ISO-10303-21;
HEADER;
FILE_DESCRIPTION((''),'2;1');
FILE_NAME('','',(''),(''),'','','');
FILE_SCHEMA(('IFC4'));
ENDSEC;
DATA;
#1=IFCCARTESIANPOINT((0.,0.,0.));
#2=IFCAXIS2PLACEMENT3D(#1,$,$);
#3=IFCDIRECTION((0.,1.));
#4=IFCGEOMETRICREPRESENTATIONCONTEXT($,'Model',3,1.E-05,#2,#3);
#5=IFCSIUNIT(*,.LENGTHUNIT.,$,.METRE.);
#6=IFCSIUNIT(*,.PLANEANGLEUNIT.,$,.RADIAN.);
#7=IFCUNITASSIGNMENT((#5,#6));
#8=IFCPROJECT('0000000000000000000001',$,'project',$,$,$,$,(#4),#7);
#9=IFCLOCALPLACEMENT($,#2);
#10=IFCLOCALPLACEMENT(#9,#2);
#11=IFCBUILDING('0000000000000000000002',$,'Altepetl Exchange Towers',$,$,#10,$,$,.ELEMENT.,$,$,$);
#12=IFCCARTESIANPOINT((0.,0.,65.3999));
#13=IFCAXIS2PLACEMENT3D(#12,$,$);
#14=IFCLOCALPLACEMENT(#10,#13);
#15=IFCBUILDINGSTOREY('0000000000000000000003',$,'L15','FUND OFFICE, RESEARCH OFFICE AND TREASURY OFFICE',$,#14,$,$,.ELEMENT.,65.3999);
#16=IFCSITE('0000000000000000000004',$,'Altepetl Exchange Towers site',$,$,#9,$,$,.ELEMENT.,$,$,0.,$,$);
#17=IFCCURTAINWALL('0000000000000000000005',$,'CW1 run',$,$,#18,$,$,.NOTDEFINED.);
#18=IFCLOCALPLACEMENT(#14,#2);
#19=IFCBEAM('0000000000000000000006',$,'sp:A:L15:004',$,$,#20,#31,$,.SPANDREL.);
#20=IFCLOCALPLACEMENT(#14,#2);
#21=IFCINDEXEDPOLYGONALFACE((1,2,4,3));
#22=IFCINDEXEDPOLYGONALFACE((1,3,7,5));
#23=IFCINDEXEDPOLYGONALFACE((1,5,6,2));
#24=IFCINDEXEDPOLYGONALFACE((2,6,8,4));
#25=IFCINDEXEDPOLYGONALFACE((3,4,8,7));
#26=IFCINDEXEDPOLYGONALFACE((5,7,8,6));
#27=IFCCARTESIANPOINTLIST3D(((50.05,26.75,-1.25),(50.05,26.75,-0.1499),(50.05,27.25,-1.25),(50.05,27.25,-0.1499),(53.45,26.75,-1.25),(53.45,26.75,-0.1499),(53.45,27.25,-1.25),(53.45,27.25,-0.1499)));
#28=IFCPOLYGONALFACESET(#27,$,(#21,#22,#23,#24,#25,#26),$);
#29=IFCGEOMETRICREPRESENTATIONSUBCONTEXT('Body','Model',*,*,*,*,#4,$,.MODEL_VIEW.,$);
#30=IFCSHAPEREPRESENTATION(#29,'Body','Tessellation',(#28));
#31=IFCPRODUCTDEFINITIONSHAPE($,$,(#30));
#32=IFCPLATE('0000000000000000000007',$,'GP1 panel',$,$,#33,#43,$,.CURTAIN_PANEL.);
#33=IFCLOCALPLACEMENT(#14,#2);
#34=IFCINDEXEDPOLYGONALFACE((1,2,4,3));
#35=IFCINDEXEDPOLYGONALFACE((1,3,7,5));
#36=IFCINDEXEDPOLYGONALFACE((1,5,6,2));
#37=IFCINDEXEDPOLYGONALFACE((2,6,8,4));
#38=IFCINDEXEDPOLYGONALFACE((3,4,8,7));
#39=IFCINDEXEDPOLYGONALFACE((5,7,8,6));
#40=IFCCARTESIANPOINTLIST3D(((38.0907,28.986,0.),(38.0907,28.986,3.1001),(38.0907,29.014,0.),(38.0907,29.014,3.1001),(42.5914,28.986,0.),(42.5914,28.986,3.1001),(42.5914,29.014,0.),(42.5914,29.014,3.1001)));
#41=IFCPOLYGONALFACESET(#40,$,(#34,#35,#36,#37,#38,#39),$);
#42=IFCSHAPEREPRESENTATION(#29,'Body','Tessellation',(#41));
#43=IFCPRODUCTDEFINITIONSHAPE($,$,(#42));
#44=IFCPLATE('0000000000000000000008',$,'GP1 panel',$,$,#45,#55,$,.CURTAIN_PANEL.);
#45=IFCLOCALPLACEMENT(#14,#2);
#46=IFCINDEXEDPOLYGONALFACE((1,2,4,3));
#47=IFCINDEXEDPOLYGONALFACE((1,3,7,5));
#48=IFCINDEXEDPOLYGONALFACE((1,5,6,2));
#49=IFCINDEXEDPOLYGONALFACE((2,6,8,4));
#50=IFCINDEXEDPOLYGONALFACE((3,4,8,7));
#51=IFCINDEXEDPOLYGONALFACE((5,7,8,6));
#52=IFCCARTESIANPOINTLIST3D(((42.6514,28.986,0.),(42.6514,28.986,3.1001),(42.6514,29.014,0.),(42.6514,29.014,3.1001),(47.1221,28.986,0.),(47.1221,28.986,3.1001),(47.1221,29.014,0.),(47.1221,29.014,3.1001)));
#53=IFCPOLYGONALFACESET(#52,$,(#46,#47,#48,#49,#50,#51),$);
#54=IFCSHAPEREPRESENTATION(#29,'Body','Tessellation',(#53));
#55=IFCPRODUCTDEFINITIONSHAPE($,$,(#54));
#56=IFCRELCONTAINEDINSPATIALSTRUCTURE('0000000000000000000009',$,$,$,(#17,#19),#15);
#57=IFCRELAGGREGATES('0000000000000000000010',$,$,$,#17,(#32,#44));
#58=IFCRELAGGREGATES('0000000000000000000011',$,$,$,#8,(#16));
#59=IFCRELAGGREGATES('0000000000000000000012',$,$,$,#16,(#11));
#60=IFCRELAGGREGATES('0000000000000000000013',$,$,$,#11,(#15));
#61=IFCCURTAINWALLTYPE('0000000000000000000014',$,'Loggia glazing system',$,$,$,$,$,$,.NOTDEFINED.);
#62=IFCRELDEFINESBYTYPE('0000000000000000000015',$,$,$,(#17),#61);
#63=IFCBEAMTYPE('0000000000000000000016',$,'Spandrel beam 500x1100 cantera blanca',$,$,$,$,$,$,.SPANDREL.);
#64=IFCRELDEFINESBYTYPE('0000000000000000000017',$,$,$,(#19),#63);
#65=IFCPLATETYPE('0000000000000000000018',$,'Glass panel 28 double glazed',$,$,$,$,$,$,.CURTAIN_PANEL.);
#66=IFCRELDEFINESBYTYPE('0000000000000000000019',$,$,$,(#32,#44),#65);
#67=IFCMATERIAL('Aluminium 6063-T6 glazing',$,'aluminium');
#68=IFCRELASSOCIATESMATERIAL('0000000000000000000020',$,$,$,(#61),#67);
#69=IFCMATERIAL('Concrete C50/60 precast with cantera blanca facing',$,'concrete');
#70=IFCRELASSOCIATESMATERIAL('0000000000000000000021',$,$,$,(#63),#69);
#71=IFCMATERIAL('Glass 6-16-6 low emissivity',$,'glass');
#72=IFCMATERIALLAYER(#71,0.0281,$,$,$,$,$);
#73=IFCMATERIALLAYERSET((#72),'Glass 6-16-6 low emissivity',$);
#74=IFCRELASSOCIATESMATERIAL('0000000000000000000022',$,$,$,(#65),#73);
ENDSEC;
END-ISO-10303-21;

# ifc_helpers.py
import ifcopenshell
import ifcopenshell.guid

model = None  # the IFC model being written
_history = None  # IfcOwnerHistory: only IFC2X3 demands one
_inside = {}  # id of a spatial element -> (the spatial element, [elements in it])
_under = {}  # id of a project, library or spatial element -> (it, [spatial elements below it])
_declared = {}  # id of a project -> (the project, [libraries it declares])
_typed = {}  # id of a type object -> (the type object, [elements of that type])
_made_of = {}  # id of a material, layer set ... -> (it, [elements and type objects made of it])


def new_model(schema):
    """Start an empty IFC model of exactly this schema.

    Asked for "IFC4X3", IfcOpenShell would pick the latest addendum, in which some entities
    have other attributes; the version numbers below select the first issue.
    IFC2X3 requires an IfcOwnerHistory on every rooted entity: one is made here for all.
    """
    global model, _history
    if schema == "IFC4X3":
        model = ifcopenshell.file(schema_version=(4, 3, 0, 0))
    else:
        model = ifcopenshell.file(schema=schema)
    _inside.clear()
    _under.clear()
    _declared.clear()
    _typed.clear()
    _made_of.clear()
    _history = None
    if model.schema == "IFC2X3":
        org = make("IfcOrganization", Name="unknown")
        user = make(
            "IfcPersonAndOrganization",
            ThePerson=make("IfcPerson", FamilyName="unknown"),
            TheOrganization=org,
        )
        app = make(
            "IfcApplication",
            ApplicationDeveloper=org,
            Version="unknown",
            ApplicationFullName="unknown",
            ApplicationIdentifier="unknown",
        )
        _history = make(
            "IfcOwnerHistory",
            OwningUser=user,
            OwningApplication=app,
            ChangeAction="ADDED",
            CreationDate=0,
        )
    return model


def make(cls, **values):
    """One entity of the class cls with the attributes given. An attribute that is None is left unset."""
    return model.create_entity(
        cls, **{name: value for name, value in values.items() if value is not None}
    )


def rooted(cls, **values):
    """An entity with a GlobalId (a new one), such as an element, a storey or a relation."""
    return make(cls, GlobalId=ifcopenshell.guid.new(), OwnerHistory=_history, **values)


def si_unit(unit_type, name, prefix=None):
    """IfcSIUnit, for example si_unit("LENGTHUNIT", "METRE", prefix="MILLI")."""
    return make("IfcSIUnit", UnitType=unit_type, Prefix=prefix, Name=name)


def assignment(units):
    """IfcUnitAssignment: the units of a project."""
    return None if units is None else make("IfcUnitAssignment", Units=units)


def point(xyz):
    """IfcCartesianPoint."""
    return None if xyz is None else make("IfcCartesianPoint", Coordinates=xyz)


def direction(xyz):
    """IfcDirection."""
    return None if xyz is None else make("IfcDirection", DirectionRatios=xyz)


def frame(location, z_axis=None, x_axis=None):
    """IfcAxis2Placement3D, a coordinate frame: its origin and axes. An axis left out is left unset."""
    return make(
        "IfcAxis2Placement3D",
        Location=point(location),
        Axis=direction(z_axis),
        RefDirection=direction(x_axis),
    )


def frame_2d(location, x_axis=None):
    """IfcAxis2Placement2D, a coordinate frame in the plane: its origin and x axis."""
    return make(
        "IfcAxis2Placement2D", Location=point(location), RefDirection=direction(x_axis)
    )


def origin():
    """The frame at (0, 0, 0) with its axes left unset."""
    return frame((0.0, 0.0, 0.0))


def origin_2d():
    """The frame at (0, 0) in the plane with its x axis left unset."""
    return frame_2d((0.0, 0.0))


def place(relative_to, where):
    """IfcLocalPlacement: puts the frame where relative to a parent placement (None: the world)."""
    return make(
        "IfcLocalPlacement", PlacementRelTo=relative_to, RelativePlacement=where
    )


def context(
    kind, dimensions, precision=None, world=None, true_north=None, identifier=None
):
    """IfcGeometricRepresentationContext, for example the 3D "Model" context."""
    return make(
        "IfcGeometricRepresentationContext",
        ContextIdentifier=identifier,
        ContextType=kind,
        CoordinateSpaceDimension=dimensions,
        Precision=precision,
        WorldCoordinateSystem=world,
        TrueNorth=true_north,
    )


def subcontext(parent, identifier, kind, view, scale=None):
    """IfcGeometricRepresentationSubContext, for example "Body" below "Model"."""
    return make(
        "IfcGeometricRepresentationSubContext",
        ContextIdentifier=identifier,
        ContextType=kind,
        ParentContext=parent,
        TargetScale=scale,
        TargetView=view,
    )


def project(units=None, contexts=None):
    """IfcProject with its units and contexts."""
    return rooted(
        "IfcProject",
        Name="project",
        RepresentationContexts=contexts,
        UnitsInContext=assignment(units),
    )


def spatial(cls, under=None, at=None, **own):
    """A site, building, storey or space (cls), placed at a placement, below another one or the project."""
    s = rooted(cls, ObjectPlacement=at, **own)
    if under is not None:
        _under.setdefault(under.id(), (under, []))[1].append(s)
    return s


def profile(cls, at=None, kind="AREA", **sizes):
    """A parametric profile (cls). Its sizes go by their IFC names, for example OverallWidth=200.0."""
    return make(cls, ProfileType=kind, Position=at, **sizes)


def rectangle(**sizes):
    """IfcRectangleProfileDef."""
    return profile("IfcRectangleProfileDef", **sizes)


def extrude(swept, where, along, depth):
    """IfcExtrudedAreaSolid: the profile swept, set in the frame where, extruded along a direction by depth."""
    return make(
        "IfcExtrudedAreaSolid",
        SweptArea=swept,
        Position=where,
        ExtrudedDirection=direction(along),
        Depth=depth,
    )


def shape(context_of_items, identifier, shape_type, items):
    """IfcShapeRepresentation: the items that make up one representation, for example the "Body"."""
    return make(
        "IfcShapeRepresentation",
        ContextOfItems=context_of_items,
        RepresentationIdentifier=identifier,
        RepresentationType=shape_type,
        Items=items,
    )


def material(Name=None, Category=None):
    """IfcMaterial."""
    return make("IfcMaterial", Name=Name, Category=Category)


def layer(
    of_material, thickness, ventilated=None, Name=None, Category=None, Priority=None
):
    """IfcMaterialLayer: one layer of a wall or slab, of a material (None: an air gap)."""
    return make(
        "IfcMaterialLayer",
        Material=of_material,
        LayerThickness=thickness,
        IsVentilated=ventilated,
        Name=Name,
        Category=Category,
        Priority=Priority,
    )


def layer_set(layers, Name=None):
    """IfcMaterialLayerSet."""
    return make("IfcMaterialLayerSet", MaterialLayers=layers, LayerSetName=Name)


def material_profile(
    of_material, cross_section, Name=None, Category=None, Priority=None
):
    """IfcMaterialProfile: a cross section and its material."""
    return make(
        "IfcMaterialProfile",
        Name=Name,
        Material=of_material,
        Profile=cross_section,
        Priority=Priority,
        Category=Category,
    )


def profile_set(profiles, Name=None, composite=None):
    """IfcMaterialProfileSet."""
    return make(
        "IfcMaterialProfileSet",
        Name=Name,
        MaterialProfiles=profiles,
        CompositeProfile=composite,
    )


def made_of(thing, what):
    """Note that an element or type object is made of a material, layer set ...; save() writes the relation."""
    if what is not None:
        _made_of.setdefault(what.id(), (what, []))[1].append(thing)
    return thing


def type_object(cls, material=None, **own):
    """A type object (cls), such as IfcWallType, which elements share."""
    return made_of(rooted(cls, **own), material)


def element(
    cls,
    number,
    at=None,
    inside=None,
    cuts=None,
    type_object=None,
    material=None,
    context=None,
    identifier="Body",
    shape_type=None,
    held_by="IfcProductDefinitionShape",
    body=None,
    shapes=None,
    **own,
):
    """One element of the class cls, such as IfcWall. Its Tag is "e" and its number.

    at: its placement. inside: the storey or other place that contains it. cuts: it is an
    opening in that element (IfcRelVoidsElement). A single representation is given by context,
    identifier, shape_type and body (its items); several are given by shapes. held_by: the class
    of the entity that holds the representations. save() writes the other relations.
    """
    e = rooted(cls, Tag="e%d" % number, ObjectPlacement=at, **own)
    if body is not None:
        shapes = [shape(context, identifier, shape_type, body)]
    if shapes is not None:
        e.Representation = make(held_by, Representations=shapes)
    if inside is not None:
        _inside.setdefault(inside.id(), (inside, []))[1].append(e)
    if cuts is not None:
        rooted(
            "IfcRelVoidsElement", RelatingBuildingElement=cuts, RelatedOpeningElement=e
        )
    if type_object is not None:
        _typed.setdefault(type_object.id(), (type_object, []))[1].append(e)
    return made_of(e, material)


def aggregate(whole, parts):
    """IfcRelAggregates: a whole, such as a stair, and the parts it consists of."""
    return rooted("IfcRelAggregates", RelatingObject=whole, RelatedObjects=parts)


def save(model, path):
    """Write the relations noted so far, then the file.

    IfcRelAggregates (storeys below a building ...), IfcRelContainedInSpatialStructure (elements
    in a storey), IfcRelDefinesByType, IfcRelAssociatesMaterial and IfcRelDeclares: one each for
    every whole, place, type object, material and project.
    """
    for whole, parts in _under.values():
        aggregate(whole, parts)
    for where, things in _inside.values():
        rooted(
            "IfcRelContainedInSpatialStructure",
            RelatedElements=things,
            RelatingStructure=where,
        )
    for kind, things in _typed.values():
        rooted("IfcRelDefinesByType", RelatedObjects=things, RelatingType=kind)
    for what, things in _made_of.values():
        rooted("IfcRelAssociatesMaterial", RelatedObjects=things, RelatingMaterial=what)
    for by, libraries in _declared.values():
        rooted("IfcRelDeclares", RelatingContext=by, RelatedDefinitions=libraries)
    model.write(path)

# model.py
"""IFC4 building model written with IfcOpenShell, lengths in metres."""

from ifc_helpers import new_model, si_unit, direction, frame, origin, origin_2d, place, context, subcontext, project, spatial, rectangle, extrude, material, layer, layer_set, material_profile, profile_set, type_object, element, aggregate, save


model = new_model("IFC4")

# Units and contexts
model_context = context("Model", 3, precision=1e-05, world=origin(), true_north=direction((0.0, 1.0)))
body_context = subcontext(model_context, "Body", "Model", "MODEL_VIEW")
ifc_project = project(units=[si_unit("LENGTHUNIT", "METRE"), si_unit("PLANEANGLEUNIT", "RADIAN")], contexts=[model_context])

# Site, building, storey
site_placement = place(None, origin())
site = spatial("IfcSite", under=ifc_project, at=site_placement, Name="Altepetl Exchange Towers site", CompositionType="ELEMENT", RefElevation=0.0)
building_placement = place(site_placement, origin())
building = spatial("IfcBuilding", under=site, at=building_placement, Name="Altepetl Exchange Towers", CompositionType="ELEMENT")
storey_placement = place(building_placement, frame((0.0, 0.0, 65.3999)))
storey = spatial("IfcBuildingStorey", under=building, at=storey_placement, Name="L15", Description="FUND OFFICE, RESEARCH OFFICE AND TREASURY OFFICE", CompositionType="ELEMENT", Elevation=65.3999)

# Curtain wall
ifc_material_1 = material(Name="Aluminium 6063-T6 glazing", Category="aluminium")
curtain_wall_type = type_object("IfcCurtainWallType", Name="Loggia glazing system", PredefinedType="NOTDEFINED", material=ifc_material_1)
curtain_wall_placement = place(storey_placement, origin())
curtain_wall = element("IfcCurtainWall", 1, at=curtain_wall_placement, inside=storey, type_object=curtain_wall_type, Name="CW1 run", PredefinedType="NOTDEFINED")

# Beam
ifc_material_2 = material(Name="Concrete C50/60 precast with cantera blanca facing", Category="concrete")
ifc_material_profile_1 = material_profile(ifc_material_2, rectangle(XDim=0.5, YDim=1.1001, at=origin_2d()), Name="500 x 1100")
ifc_profile_set_1 = profile_set([ifc_material_profile_1], Name="Concrete C50/60 precast with cantera blanca facing")
beam_type_1 = type_object("IfcBeamType", Name="Spandrel beam 500x1100 cantera blanca", PredefinedType="SPANDREL", material=ifc_profile_set_1)
for number, where, z_axis, x_axis, name in (
    (2, (50.05, 27.0, -0.7), (1.0, 0.0, 0.0), (0.0, 1.0, 0.0), "sp:A:L15:004"),
):
    element("IfcBeam", number, at=place(storey_placement, frame(where, z_axis=z_axis, x_axis=x_axis)), inside=storey, type_object=beam_type_1, Name=name, PredefinedType="SPANDREL", context=body_context, shape_type="SweptSolid", body=[
        extrude(rectangle(XDim=0.5, YDim=1.1001, at=origin_2d()), origin(), (0.0, 0.0, 1.0), 3.3999),
    ])

# Plates
ifc_material_3 = material(Name="Glass 6-16-6 low emissivity", Category="glass")
ifc_layer_1 = layer(ifc_material_3, 0.0281)
ifc_layer_set_1 = layer_set([ifc_layer_1], Name="Glass 6-16-6 low emissivity")
plate_type = type_object("IfcPlateType", Name="Glass panel 28 double glazed", PredefinedType="CURTAIN_PANEL", material=ifc_layer_set_1)
plate_1_placement = place(storey_placement, frame((40.3411, 29.0, 0.0)))
plate_1 = element("IfcPlate", 3, at=plate_1_placement, type_object=plate_type, Name="GP1 panel", PredefinedType="CURTAIN_PANEL", context=body_context, shape_type="SweptSolid", body=[
    extrude(rectangle(XDim=4.5007, YDim=0.0281, at=origin_2d()), origin(), (0.0, 0.0, 1.0), 3.1001),
])
plate_2_placement = place(storey_placement, frame((44.8867, 29.0, 0.0)))
plate_2 = element("IfcPlate", 4, at=plate_2_placement, type_object=plate_type, Name="GP1 panel", PredefinedType="CURTAIN_PANEL", context=body_context, shape_type="SweptSolid", body=[
    extrude(rectangle(XDim=4.4707, YDim=0.0281, at=origin_2d()), origin(), (0.0, 0.0, 1.0), 3.1001),
])
aggregate(curtain_wall, [plate_1, plate_2])

save(model, "model.ifc")
